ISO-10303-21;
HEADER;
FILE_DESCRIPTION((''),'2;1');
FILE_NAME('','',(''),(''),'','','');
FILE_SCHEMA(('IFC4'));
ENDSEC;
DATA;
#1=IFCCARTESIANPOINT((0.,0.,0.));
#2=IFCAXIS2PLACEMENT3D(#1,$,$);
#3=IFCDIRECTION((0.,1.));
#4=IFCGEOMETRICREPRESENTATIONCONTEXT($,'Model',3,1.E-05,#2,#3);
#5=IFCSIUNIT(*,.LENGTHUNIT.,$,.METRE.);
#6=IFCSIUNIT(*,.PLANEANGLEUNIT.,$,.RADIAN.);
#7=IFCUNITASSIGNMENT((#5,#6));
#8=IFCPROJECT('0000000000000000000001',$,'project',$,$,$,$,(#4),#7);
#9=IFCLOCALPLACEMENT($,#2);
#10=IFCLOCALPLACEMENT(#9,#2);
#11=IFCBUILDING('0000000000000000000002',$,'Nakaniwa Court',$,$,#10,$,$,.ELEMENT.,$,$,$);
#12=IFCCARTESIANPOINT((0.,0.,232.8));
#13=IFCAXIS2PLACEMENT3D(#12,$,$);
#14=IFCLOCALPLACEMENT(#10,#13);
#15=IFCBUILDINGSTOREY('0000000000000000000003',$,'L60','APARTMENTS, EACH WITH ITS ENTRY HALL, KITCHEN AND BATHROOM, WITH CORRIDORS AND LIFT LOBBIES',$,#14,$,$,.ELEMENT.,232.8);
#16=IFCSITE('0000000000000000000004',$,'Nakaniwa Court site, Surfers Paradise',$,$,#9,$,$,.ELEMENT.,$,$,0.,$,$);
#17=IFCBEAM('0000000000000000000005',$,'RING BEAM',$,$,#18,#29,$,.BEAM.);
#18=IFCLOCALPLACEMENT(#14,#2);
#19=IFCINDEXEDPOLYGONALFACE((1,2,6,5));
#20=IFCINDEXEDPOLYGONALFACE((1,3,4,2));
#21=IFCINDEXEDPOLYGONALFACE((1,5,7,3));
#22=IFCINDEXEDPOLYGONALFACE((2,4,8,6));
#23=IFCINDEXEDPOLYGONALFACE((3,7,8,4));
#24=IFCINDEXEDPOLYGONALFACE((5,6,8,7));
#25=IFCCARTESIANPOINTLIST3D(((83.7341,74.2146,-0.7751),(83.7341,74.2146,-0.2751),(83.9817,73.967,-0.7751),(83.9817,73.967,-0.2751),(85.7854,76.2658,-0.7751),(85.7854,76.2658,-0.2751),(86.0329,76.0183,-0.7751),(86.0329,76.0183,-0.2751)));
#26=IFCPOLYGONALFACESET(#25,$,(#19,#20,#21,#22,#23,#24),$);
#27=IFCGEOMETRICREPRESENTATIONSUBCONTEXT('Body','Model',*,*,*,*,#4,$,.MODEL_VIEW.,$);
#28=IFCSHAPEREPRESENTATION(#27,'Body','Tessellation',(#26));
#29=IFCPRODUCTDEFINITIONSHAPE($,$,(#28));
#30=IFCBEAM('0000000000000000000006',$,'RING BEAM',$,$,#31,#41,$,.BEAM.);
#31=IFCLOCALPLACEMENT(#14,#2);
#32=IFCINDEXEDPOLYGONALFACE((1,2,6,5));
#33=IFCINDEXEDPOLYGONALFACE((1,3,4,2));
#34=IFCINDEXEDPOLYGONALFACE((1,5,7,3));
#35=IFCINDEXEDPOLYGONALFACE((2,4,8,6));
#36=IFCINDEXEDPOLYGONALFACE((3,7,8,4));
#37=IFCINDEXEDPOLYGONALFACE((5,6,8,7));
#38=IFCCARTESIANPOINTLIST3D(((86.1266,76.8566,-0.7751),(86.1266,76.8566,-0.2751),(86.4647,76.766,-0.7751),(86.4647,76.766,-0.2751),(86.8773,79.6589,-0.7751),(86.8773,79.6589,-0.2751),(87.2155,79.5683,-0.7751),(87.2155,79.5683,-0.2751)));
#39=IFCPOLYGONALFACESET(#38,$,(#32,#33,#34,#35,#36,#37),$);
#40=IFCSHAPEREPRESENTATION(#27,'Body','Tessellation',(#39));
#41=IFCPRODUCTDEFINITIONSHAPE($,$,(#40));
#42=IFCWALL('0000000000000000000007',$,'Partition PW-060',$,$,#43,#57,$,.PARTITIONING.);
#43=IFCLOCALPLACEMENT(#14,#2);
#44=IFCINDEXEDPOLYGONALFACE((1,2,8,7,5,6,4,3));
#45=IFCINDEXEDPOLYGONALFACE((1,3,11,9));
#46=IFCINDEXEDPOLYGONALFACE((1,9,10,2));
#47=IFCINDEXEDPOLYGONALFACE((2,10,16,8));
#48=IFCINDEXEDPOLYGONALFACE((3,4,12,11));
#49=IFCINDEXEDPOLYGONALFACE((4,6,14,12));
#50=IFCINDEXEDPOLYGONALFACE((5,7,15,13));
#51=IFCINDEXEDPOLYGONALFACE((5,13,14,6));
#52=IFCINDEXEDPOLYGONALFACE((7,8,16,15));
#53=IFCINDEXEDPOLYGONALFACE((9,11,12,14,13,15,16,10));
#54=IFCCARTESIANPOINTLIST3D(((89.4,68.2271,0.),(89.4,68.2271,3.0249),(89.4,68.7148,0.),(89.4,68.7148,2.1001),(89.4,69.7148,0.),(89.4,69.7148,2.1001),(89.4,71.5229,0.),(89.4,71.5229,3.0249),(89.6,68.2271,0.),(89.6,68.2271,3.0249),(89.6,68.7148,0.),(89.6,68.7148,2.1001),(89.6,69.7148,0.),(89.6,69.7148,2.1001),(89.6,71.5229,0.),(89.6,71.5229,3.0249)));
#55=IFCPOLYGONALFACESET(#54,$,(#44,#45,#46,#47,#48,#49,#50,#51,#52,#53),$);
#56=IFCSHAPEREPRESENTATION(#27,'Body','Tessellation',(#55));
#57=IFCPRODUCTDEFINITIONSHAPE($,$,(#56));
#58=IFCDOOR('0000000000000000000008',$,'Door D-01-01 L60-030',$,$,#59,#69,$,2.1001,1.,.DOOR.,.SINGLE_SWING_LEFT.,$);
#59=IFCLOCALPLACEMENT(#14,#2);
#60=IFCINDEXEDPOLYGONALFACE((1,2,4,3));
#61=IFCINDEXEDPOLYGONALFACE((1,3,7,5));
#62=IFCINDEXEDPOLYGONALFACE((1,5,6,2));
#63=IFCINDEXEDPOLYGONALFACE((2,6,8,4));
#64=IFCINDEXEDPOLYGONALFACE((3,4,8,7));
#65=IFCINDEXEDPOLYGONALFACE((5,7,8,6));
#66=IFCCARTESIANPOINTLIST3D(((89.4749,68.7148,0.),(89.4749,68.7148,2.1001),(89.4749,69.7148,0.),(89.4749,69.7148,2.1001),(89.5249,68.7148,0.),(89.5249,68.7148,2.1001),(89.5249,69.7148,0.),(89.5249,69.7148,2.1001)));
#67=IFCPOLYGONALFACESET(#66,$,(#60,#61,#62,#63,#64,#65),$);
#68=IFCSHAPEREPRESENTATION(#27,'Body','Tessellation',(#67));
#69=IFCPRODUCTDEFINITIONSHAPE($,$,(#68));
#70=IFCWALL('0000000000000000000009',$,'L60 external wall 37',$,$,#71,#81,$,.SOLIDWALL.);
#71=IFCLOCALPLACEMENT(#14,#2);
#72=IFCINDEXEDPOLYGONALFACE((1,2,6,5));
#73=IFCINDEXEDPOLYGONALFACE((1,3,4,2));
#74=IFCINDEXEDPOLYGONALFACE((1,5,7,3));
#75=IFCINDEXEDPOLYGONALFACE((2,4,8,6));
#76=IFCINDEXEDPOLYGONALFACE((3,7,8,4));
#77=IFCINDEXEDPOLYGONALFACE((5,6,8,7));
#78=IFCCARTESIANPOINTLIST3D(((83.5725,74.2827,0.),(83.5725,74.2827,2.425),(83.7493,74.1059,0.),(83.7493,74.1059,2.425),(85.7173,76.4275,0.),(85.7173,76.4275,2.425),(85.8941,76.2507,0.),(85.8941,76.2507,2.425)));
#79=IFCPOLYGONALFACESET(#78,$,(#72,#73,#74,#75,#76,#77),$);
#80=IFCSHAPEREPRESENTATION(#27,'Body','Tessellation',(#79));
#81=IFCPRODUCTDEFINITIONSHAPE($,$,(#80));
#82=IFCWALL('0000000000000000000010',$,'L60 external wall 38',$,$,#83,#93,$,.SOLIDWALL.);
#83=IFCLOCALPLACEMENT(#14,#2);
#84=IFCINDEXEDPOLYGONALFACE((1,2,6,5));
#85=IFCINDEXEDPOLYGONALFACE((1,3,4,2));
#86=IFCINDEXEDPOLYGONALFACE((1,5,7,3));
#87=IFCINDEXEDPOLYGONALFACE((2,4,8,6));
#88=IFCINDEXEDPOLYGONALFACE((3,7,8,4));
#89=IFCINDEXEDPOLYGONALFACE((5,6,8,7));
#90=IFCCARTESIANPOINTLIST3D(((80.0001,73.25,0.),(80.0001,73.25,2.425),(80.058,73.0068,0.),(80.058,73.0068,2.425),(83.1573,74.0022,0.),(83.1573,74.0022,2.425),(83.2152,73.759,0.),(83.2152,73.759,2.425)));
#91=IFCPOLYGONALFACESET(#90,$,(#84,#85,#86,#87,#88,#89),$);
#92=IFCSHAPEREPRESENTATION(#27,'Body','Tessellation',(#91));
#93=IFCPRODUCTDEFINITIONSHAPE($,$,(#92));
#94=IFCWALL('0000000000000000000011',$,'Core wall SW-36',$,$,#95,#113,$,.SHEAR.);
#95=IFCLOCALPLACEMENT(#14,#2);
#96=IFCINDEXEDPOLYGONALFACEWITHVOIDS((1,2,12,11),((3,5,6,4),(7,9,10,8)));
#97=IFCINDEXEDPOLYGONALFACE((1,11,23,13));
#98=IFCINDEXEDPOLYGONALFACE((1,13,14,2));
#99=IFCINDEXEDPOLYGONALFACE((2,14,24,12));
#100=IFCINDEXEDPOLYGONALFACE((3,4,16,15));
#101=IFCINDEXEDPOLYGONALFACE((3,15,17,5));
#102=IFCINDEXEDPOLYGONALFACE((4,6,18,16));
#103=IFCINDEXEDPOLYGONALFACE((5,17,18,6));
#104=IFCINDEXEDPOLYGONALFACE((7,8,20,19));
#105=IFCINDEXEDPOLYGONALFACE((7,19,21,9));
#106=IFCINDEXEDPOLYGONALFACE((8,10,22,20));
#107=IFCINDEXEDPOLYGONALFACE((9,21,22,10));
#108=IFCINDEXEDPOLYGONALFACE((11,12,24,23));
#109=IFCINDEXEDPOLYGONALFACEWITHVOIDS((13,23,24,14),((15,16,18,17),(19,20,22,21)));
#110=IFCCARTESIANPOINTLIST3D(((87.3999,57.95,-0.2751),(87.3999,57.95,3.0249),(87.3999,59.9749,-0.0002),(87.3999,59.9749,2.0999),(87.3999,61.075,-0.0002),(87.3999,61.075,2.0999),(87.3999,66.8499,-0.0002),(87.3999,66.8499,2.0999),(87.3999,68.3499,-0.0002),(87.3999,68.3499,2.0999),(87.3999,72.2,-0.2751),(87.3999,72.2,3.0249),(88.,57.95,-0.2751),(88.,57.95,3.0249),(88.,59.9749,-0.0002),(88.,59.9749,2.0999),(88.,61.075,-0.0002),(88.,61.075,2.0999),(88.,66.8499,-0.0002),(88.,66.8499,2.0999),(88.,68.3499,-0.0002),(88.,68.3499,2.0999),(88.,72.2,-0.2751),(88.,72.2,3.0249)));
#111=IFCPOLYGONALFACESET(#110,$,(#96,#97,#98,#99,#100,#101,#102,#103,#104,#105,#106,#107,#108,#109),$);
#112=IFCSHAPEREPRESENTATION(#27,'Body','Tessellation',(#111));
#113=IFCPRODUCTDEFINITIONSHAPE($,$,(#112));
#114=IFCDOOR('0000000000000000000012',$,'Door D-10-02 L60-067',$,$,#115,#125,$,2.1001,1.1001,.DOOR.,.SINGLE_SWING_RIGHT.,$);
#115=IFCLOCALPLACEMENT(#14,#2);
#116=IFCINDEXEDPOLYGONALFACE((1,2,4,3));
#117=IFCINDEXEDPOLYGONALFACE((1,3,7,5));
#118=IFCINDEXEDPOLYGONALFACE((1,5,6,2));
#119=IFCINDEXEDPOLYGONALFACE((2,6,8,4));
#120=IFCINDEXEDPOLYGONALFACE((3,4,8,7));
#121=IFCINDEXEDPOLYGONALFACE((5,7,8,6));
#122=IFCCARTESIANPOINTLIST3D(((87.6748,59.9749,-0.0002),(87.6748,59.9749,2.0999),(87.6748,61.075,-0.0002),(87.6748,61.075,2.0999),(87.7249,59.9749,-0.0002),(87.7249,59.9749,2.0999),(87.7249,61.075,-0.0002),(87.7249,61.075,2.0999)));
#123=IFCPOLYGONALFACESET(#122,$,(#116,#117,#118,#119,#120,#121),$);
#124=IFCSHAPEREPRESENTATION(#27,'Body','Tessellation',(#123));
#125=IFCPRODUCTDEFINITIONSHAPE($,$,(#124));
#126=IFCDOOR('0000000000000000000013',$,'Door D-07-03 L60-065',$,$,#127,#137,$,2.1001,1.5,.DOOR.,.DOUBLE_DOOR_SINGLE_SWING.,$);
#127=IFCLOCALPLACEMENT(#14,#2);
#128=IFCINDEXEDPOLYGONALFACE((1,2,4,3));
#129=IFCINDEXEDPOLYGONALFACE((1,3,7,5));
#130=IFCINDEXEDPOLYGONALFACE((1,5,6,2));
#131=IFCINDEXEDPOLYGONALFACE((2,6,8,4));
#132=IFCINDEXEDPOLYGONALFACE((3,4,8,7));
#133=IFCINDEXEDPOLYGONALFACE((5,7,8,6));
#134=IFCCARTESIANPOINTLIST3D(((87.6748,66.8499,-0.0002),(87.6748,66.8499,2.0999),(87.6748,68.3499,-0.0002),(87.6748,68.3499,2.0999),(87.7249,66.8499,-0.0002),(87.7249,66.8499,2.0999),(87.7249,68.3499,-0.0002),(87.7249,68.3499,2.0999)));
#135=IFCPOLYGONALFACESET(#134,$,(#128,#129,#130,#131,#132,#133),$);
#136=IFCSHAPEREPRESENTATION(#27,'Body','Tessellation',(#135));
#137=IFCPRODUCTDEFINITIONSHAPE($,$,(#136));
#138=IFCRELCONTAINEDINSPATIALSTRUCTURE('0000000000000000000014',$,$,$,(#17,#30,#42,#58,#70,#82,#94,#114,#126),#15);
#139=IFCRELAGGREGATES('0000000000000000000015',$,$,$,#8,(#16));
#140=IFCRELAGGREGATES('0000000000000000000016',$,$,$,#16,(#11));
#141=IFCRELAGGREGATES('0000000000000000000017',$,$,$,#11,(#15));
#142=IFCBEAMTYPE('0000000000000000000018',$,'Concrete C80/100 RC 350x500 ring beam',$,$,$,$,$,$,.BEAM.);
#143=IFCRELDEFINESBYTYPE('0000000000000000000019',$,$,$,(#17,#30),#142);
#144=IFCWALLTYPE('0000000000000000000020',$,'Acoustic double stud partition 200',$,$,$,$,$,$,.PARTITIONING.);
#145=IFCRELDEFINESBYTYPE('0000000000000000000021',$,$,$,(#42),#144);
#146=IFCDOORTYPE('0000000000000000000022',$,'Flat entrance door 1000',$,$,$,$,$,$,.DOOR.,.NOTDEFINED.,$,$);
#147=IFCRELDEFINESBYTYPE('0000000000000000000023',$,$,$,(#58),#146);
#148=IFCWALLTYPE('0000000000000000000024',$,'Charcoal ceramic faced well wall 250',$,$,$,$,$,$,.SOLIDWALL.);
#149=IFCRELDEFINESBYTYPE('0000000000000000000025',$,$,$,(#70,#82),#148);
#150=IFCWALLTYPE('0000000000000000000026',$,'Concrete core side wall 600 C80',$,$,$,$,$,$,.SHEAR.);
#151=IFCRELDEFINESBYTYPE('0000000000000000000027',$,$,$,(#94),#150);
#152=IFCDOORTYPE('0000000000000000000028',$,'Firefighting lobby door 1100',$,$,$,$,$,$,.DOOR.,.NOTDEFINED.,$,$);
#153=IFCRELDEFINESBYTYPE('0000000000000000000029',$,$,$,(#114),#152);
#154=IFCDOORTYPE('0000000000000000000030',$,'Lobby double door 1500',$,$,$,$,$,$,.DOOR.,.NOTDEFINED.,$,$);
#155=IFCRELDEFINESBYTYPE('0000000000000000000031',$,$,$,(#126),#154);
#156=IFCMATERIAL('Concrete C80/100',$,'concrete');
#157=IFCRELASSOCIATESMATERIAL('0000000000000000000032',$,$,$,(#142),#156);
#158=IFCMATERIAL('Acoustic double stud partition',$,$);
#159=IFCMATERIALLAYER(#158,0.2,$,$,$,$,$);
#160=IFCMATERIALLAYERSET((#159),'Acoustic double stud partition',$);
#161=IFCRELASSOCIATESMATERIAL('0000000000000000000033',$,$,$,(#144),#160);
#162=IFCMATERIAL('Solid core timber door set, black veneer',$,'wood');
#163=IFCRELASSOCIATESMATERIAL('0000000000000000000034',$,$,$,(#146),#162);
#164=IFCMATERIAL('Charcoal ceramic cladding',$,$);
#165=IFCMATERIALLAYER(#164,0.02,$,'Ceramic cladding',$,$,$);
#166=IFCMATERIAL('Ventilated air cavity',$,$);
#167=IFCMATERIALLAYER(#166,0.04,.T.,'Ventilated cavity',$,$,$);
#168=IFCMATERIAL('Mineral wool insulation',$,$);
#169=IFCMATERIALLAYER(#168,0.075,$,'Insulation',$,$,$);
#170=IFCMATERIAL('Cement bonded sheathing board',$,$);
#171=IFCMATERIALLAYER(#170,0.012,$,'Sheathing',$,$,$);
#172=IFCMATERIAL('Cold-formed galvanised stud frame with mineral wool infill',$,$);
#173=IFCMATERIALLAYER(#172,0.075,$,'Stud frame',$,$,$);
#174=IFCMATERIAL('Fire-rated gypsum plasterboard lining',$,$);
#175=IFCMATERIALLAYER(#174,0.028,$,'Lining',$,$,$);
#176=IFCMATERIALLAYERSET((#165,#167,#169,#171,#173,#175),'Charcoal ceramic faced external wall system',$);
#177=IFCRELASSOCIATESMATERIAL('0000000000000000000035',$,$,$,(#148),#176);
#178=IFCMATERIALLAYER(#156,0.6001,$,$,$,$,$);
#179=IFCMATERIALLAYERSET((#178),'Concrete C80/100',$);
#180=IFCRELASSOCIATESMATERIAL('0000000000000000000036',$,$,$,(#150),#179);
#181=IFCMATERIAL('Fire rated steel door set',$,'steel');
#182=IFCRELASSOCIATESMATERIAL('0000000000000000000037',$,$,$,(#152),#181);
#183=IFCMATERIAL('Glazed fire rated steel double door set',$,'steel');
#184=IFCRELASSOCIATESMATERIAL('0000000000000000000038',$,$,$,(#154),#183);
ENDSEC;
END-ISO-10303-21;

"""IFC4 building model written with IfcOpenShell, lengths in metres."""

from ifc_helpers import new_model, si_unit, direction, frame, frame_2d, origin, origin_2d, place, context, subcontext, project, spatial, rectangle, extrude, material, layer, layer_set, material_profile, profile_set, type_object, element, fill, save


model = new_model("IFC4")

# Units and contexts
model_context = context("Model", 3, precision=1e-05, world=origin(), true_north=direction((0.0, 1.0)))
body_context = subcontext(model_context, "Body", "Model", "MODEL_VIEW")
ifc_project = project(units=[si_unit("LENGTHUNIT", "METRE"), si_unit("PLANEANGLEUNIT", "RADIAN")], contexts=[model_context])

# Site, building, storey
site_placement = place(None, origin())
site = spatial("IfcSite", under=ifc_project, at=site_placement, Name="Nakaniwa Court site, Surfers Paradise", CompositionType="ELEMENT", RefElevation=0.0)
building_placement = place(site_placement, origin())
building = spatial("IfcBuilding", under=site, at=building_placement, Name="Nakaniwa Court", CompositionType="ELEMENT")
storey_placement = place(building_placement, frame((0.0, 0.0, 232.8)))
storey = spatial("IfcBuildingStorey", under=building, at=storey_placement, Name="L60", Description="APARTMENTS, EACH WITH ITS ENTRY HALL, KITCHEN AND BATHROOM, WITH CORRIDORS AND LIFT LOBBIES", CompositionType="ELEMENT", Elevation=232.8)

# Shared definitions
ifc_material_1 = material(Name="Concrete C80/100", Category="concrete")

# Beams
ifc_material_profile_1 = material_profile(ifc_material_1, rectangle(XDim=0.3501, YDim=0.5, at=origin_2d()), Name="Concrete C80/100 RC 350x500 ring beam")
ifc_profile_set_1 = profile_set([ifc_material_profile_1], Name="Concrete C80/100")
beam_type = type_object("IfcBeamType", Name="Concrete C80/100 RC 350x500 ring beam", PredefinedType="BEAM", material=ifc_profile_set_1)
beam_1_placement = place(storey_placement, frame((83.8579, 74.0908, -0.5251), z_axis=(0.707107, 0.707107, 0.0), x_axis=(-0.707107, 0.707107, 0.0)))
element("IfcBeam", 1, at=beam_1_placement, inside=storey, type_object=beam_type, Name="RING BEAM", PredefinedType="BEAM", context=body_context, shape_type="SweptSolid", body=[
    extrude(rectangle(XDim=0.3501, YDim=0.5, at=origin_2d()), origin(), (0.0, 0.0, 1.0), 2.9009),
])
beam_2_placement = place(storey_placement, frame((86.2957, 76.8113, -0.5251), z_axis=(0.258778, 0.965937, 0.0), x_axis=(-0.965937, 0.258778, 0.0)))
element("IfcBeam", 2, at=beam_2_placement, inside=storey, type_object=beam_type, Name="RING BEAM", PredefinedType="BEAM", context=body_context, shape_type="SweptSolid", body=[
    extrude(rectangle(XDim=0.3501, YDim=0.5, at=origin_2d()), origin(), (0.0, 0.0, 1.0), 2.9011),
])

# Wall, opening, door
ifc_material_2 = material(Name="Acoustic double stud partition")
ifc_layer_1 = layer(ifc_material_2, 0.2)
ifc_layer_set_1 = layer_set([ifc_layer_1], Name="Acoustic double stud partition")
wall_type_1 = type_object("IfcWallType", Name="Acoustic double stud partition 200", PredefinedType="PARTITIONING", material=ifc_layer_set_1)
wall_1_placement = place(storey_placement, frame((89.5, 71.5229, 0.0), z_axis=(0.0, 0.0, 1.0), x_axis=(0.0, -1.0, 0.0)))
wall_1 = element("IfcWall", 3, at=wall_1_placement, inside=storey, type_object=wall_type_1, Name="Partition PW-060", PredefinedType="PARTITIONING", context=body_context, shape_type="SweptSolid", body=[
    extrude(rectangle(XDim=3.2959, YDim=0.2, at=frame_2d((1.6479, 0.0))), origin(), (0.0, 0.0, 1.0), 3.0249),
])
opening_1_placement = place(wall_1_placement, frame((1.8081, 0.0, 0.0)))
opening_1 = element("IfcOpeningElement", 4, at=opening_1_placement, cuts=wall_1, PredefinedType="OPENING", context=body_context, shape_type="SweptSolid", body=[
    extrude(rectangle(XDim=1.0, YDim=2.1001, at=frame_2d((0.5, 1.05))), frame((0.0, 0.1099, 0.0), z_axis=(0.0, -1.0, 0.0), x_axis=(1.0, 0.0, 0.0)), (0.0, 0.0, 1.0), 0.22),
])
ifc_material_3 = material(Name="Solid core timber door set, black veneer", Category="wood")
door_type_1 = type_object("IfcDoorType", Name="Flat entrance door 1000", OperationType="NOTDEFINED", PredefinedType="DOOR", material=ifc_material_3)
door_1_placement = place(opening_1_placement, origin())
door_1 = element("IfcDoor", 5, at=door_1_placement, inside=storey, type_object=door_type_1, Name="Door D-01-01 L60-030", OperationType="SINGLE_SWING_LEFT", OverallHeight=2.1001, OverallWidth=1.0, PredefinedType="DOOR", context=body_context, shape_type="SweptSolid", body=[
    extrude(rectangle(XDim=1.0, YDim=2.1001, at=frame_2d((0.5, 1.05))), frame((0.0, 0.0249, 0.0), z_axis=(0.0, -1.0, 0.0), x_axis=(1.0, 0.0, 0.0)), (0.0, 0.0, 1.0), 0.05),
])
fill(opening_1, door_1)

# Walls
ifc_material_4 = material(Name="Charcoal ceramic cladding")
ifc_layer_2 = layer(ifc_material_4, 0.02, Name="Ceramic cladding")
ifc_material_5 = material(Name="Ventilated air cavity")
ifc_layer_3 = layer(ifc_material_5, 0.04, ventilated=True, Name="Ventilated cavity")
ifc_material_6 = material(Name="Mineral wool insulation")
ifc_layer_4 = layer(ifc_material_6, 0.075, Name="Insulation")
ifc_material_7 = material(Name="Cement bonded sheathing board")
ifc_layer_5 = layer(ifc_material_7, 0.012, Name="Sheathing")
ifc_material_8 = material(Name="Cold-formed galvanised stud frame with mineral wool infill")
ifc_layer_6 = layer(ifc_material_8, 0.075, Name="Stud frame")
ifc_material_9 = material(Name="Fire-rated gypsum plasterboard lining")
ifc_layer_7 = layer(ifc_material_9, 0.028, Name="Lining")
ifc_layer_set_2 = layer_set([ifc_layer_2, ifc_layer_3, ifc_layer_4, ifc_layer_5, ifc_layer_6, ifc_layer_7], Name="Charcoal ceramic faced external wall system")
wall_type_2 = type_object("IfcWallType", Name="Charcoal ceramic faced well wall 250", PredefinedType="SOLIDWALL", material=ifc_layer_set_2)
wall_2_placement = place(storey_placement, frame((85.8057, 76.3391, 0.0), z_axis=(0.0, 0.0, 1.0), x_axis=(-0.707107, -0.707107, 0.0)))
element("IfcWall", 6, at=wall_2_placement, inside=storey, type_object=wall_type_2, Name="L60 external wall 37", PredefinedType="SOLIDWALL", context=body_context, shape_type="SweptSolid", body=[
    extrude(rectangle(XDim=3.0332, YDim=0.25, at=frame_2d((1.5166, 0.0))), origin(), (0.0, 0.0, 1.0), 2.425),
])
wall_3_placement = place(storey_placement, frame((83.1863, 73.8806, 0.0), z_axis=(0.0, 0.0, 1.0), x_axis=(-0.972773, -0.23176, 0.0)))
element("IfcWall", 7, at=wall_3_placement, inside=storey, type_object=wall_type_2, Name="L60 external wall 38", PredefinedType="SOLIDWALL", context=body_context, shape_type="SweptSolid", body=[
    extrude(rectangle(XDim=3.2456, YDim=0.25, at=frame_2d((1.6228, 0.0))), origin(), (0.0, 0.0, 1.0), 2.425),
])

# Wall, openings, doors
ifc_layer_8 = layer(ifc_material_1, 0.6001)
ifc_layer_set_3 = layer_set([ifc_layer_8], Name="Concrete C80/100")
wall_type_3 = type_object("IfcWallType", Name="Concrete core side wall 600 C80", PredefinedType="SHEAR", material=ifc_layer_set_3)
wall_4_placement = place(storey_placement, frame((87.7, 72.2, -0.2751), z_axis=(0.0, 0.0, 1.0), x_axis=(0.0, -1.0, 0.0)))
wall_4 = element("IfcWall", 8, at=wall_4_placement, inside=storey, type_object=wall_type_3, Name="Core wall SW-36", PredefinedType="SHEAR", context=body_context, shape_type="SweptSolid", body=[
    extrude(rectangle(XDim=14.25, YDim=0.6001, at=frame_2d((7.125, 0.0))), origin(), (0.0, 0.0, 1.0), 3.3),
])
opening_2_placement = place(wall_4_placement, frame((3.8501, 0.0, 0.2749)))
opening_2 = element("IfcOpeningElement", 9, at=opening_2_placement, cuts=wall_4, PredefinedType="OPENING", context=body_context, shape_type="SweptSolid", body=[
    extrude(rectangle(XDim=1.5, YDim=2.1001, at=frame_2d((0.75, 1.05))), frame((0.0, 0.3101, 0.0), z_axis=(0.0, -1.0, 0.0), x_axis=(1.0, 0.0, 0.0)), (0.0, 0.0, 1.0), 0.6201),
])
opening_3_placement = place(wall_4_placement, frame((11.125, 0.0, 0.2749)))
opening_3 = element("IfcOpeningElement", 10, at=opening_3_placement, cuts=wall_4, PredefinedType="OPENING", context=body_context, shape_type="SweptSolid", body=[
    extrude(rectangle(XDim=1.1001, YDim=2.1001, at=frame_2d((0.55, 1.05))), frame((0.0, 0.3101, 0.0), z_axis=(0.0, -1.0, 0.0), x_axis=(1.0, 0.0, 0.0)), (0.0, 0.0, 1.0), 0.6201),
])
ifc_material_10 = material(Name="Fire rated steel door set", Category="steel")
door_type_2 = type_object("IfcDoorType", Name="Firefighting lobby door 1100", OperationType="NOTDEFINED", PredefinedType="DOOR", material=ifc_material_10)
door_2_placement = place(opening_3_placement, origin())
door_2 = element("IfcDoor", 11, at=door_2_placement, inside=storey, type_object=door_type_2, Name="Door D-10-02 L60-067", OperationType="SINGLE_SWING_RIGHT", OverallHeight=2.1001, OverallWidth=1.1001, PredefinedType="DOOR", context=body_context, shape_type="SweptSolid", body=[
    extrude(rectangle(XDim=1.1001, YDim=2.1001, at=frame_2d((0.55, 1.05))), frame((0.0, 0.0249, 0.0), z_axis=(0.0, -1.0, 0.0), x_axis=(1.0, 0.0, 0.0)), (0.0, 0.0, 1.0), 0.05),
])
fill(opening_3, door_2)
ifc_material_11 = material(Name="Glazed fire rated steel double door set", Category="steel")
door_type_3 = type_object("IfcDoorType", Name="Lobby double door 1500", OperationType="NOTDEFINED", PredefinedType="DOOR", material=ifc_material_11)
door_3_placement = place(opening_2_placement, origin())
door_3 = element("IfcDoor", 12, at=door_3_placement, inside=storey, type_object=door_type_3, Name="Door D-07-03 L60-065", OperationType="DOUBLE_DOOR_SINGLE_SWING", OverallHeight=2.1001, OverallWidth=1.5, PredefinedType="DOOR", context=body_context, shape_type="SweptSolid", body=[
    extrude(rectangle(XDim=1.5, YDim=2.1001, at=frame_2d((0.75, 1.05))), frame((0.0, 0.0249, 0.0), z_axis=(0.0, -1.0, 0.0), x_axis=(1.0, 0.0, 0.0)), (0.0, 0.0, 1.0), 0.05),
])
fill(opening_2, door_3)

save(model, "model.ifc")
